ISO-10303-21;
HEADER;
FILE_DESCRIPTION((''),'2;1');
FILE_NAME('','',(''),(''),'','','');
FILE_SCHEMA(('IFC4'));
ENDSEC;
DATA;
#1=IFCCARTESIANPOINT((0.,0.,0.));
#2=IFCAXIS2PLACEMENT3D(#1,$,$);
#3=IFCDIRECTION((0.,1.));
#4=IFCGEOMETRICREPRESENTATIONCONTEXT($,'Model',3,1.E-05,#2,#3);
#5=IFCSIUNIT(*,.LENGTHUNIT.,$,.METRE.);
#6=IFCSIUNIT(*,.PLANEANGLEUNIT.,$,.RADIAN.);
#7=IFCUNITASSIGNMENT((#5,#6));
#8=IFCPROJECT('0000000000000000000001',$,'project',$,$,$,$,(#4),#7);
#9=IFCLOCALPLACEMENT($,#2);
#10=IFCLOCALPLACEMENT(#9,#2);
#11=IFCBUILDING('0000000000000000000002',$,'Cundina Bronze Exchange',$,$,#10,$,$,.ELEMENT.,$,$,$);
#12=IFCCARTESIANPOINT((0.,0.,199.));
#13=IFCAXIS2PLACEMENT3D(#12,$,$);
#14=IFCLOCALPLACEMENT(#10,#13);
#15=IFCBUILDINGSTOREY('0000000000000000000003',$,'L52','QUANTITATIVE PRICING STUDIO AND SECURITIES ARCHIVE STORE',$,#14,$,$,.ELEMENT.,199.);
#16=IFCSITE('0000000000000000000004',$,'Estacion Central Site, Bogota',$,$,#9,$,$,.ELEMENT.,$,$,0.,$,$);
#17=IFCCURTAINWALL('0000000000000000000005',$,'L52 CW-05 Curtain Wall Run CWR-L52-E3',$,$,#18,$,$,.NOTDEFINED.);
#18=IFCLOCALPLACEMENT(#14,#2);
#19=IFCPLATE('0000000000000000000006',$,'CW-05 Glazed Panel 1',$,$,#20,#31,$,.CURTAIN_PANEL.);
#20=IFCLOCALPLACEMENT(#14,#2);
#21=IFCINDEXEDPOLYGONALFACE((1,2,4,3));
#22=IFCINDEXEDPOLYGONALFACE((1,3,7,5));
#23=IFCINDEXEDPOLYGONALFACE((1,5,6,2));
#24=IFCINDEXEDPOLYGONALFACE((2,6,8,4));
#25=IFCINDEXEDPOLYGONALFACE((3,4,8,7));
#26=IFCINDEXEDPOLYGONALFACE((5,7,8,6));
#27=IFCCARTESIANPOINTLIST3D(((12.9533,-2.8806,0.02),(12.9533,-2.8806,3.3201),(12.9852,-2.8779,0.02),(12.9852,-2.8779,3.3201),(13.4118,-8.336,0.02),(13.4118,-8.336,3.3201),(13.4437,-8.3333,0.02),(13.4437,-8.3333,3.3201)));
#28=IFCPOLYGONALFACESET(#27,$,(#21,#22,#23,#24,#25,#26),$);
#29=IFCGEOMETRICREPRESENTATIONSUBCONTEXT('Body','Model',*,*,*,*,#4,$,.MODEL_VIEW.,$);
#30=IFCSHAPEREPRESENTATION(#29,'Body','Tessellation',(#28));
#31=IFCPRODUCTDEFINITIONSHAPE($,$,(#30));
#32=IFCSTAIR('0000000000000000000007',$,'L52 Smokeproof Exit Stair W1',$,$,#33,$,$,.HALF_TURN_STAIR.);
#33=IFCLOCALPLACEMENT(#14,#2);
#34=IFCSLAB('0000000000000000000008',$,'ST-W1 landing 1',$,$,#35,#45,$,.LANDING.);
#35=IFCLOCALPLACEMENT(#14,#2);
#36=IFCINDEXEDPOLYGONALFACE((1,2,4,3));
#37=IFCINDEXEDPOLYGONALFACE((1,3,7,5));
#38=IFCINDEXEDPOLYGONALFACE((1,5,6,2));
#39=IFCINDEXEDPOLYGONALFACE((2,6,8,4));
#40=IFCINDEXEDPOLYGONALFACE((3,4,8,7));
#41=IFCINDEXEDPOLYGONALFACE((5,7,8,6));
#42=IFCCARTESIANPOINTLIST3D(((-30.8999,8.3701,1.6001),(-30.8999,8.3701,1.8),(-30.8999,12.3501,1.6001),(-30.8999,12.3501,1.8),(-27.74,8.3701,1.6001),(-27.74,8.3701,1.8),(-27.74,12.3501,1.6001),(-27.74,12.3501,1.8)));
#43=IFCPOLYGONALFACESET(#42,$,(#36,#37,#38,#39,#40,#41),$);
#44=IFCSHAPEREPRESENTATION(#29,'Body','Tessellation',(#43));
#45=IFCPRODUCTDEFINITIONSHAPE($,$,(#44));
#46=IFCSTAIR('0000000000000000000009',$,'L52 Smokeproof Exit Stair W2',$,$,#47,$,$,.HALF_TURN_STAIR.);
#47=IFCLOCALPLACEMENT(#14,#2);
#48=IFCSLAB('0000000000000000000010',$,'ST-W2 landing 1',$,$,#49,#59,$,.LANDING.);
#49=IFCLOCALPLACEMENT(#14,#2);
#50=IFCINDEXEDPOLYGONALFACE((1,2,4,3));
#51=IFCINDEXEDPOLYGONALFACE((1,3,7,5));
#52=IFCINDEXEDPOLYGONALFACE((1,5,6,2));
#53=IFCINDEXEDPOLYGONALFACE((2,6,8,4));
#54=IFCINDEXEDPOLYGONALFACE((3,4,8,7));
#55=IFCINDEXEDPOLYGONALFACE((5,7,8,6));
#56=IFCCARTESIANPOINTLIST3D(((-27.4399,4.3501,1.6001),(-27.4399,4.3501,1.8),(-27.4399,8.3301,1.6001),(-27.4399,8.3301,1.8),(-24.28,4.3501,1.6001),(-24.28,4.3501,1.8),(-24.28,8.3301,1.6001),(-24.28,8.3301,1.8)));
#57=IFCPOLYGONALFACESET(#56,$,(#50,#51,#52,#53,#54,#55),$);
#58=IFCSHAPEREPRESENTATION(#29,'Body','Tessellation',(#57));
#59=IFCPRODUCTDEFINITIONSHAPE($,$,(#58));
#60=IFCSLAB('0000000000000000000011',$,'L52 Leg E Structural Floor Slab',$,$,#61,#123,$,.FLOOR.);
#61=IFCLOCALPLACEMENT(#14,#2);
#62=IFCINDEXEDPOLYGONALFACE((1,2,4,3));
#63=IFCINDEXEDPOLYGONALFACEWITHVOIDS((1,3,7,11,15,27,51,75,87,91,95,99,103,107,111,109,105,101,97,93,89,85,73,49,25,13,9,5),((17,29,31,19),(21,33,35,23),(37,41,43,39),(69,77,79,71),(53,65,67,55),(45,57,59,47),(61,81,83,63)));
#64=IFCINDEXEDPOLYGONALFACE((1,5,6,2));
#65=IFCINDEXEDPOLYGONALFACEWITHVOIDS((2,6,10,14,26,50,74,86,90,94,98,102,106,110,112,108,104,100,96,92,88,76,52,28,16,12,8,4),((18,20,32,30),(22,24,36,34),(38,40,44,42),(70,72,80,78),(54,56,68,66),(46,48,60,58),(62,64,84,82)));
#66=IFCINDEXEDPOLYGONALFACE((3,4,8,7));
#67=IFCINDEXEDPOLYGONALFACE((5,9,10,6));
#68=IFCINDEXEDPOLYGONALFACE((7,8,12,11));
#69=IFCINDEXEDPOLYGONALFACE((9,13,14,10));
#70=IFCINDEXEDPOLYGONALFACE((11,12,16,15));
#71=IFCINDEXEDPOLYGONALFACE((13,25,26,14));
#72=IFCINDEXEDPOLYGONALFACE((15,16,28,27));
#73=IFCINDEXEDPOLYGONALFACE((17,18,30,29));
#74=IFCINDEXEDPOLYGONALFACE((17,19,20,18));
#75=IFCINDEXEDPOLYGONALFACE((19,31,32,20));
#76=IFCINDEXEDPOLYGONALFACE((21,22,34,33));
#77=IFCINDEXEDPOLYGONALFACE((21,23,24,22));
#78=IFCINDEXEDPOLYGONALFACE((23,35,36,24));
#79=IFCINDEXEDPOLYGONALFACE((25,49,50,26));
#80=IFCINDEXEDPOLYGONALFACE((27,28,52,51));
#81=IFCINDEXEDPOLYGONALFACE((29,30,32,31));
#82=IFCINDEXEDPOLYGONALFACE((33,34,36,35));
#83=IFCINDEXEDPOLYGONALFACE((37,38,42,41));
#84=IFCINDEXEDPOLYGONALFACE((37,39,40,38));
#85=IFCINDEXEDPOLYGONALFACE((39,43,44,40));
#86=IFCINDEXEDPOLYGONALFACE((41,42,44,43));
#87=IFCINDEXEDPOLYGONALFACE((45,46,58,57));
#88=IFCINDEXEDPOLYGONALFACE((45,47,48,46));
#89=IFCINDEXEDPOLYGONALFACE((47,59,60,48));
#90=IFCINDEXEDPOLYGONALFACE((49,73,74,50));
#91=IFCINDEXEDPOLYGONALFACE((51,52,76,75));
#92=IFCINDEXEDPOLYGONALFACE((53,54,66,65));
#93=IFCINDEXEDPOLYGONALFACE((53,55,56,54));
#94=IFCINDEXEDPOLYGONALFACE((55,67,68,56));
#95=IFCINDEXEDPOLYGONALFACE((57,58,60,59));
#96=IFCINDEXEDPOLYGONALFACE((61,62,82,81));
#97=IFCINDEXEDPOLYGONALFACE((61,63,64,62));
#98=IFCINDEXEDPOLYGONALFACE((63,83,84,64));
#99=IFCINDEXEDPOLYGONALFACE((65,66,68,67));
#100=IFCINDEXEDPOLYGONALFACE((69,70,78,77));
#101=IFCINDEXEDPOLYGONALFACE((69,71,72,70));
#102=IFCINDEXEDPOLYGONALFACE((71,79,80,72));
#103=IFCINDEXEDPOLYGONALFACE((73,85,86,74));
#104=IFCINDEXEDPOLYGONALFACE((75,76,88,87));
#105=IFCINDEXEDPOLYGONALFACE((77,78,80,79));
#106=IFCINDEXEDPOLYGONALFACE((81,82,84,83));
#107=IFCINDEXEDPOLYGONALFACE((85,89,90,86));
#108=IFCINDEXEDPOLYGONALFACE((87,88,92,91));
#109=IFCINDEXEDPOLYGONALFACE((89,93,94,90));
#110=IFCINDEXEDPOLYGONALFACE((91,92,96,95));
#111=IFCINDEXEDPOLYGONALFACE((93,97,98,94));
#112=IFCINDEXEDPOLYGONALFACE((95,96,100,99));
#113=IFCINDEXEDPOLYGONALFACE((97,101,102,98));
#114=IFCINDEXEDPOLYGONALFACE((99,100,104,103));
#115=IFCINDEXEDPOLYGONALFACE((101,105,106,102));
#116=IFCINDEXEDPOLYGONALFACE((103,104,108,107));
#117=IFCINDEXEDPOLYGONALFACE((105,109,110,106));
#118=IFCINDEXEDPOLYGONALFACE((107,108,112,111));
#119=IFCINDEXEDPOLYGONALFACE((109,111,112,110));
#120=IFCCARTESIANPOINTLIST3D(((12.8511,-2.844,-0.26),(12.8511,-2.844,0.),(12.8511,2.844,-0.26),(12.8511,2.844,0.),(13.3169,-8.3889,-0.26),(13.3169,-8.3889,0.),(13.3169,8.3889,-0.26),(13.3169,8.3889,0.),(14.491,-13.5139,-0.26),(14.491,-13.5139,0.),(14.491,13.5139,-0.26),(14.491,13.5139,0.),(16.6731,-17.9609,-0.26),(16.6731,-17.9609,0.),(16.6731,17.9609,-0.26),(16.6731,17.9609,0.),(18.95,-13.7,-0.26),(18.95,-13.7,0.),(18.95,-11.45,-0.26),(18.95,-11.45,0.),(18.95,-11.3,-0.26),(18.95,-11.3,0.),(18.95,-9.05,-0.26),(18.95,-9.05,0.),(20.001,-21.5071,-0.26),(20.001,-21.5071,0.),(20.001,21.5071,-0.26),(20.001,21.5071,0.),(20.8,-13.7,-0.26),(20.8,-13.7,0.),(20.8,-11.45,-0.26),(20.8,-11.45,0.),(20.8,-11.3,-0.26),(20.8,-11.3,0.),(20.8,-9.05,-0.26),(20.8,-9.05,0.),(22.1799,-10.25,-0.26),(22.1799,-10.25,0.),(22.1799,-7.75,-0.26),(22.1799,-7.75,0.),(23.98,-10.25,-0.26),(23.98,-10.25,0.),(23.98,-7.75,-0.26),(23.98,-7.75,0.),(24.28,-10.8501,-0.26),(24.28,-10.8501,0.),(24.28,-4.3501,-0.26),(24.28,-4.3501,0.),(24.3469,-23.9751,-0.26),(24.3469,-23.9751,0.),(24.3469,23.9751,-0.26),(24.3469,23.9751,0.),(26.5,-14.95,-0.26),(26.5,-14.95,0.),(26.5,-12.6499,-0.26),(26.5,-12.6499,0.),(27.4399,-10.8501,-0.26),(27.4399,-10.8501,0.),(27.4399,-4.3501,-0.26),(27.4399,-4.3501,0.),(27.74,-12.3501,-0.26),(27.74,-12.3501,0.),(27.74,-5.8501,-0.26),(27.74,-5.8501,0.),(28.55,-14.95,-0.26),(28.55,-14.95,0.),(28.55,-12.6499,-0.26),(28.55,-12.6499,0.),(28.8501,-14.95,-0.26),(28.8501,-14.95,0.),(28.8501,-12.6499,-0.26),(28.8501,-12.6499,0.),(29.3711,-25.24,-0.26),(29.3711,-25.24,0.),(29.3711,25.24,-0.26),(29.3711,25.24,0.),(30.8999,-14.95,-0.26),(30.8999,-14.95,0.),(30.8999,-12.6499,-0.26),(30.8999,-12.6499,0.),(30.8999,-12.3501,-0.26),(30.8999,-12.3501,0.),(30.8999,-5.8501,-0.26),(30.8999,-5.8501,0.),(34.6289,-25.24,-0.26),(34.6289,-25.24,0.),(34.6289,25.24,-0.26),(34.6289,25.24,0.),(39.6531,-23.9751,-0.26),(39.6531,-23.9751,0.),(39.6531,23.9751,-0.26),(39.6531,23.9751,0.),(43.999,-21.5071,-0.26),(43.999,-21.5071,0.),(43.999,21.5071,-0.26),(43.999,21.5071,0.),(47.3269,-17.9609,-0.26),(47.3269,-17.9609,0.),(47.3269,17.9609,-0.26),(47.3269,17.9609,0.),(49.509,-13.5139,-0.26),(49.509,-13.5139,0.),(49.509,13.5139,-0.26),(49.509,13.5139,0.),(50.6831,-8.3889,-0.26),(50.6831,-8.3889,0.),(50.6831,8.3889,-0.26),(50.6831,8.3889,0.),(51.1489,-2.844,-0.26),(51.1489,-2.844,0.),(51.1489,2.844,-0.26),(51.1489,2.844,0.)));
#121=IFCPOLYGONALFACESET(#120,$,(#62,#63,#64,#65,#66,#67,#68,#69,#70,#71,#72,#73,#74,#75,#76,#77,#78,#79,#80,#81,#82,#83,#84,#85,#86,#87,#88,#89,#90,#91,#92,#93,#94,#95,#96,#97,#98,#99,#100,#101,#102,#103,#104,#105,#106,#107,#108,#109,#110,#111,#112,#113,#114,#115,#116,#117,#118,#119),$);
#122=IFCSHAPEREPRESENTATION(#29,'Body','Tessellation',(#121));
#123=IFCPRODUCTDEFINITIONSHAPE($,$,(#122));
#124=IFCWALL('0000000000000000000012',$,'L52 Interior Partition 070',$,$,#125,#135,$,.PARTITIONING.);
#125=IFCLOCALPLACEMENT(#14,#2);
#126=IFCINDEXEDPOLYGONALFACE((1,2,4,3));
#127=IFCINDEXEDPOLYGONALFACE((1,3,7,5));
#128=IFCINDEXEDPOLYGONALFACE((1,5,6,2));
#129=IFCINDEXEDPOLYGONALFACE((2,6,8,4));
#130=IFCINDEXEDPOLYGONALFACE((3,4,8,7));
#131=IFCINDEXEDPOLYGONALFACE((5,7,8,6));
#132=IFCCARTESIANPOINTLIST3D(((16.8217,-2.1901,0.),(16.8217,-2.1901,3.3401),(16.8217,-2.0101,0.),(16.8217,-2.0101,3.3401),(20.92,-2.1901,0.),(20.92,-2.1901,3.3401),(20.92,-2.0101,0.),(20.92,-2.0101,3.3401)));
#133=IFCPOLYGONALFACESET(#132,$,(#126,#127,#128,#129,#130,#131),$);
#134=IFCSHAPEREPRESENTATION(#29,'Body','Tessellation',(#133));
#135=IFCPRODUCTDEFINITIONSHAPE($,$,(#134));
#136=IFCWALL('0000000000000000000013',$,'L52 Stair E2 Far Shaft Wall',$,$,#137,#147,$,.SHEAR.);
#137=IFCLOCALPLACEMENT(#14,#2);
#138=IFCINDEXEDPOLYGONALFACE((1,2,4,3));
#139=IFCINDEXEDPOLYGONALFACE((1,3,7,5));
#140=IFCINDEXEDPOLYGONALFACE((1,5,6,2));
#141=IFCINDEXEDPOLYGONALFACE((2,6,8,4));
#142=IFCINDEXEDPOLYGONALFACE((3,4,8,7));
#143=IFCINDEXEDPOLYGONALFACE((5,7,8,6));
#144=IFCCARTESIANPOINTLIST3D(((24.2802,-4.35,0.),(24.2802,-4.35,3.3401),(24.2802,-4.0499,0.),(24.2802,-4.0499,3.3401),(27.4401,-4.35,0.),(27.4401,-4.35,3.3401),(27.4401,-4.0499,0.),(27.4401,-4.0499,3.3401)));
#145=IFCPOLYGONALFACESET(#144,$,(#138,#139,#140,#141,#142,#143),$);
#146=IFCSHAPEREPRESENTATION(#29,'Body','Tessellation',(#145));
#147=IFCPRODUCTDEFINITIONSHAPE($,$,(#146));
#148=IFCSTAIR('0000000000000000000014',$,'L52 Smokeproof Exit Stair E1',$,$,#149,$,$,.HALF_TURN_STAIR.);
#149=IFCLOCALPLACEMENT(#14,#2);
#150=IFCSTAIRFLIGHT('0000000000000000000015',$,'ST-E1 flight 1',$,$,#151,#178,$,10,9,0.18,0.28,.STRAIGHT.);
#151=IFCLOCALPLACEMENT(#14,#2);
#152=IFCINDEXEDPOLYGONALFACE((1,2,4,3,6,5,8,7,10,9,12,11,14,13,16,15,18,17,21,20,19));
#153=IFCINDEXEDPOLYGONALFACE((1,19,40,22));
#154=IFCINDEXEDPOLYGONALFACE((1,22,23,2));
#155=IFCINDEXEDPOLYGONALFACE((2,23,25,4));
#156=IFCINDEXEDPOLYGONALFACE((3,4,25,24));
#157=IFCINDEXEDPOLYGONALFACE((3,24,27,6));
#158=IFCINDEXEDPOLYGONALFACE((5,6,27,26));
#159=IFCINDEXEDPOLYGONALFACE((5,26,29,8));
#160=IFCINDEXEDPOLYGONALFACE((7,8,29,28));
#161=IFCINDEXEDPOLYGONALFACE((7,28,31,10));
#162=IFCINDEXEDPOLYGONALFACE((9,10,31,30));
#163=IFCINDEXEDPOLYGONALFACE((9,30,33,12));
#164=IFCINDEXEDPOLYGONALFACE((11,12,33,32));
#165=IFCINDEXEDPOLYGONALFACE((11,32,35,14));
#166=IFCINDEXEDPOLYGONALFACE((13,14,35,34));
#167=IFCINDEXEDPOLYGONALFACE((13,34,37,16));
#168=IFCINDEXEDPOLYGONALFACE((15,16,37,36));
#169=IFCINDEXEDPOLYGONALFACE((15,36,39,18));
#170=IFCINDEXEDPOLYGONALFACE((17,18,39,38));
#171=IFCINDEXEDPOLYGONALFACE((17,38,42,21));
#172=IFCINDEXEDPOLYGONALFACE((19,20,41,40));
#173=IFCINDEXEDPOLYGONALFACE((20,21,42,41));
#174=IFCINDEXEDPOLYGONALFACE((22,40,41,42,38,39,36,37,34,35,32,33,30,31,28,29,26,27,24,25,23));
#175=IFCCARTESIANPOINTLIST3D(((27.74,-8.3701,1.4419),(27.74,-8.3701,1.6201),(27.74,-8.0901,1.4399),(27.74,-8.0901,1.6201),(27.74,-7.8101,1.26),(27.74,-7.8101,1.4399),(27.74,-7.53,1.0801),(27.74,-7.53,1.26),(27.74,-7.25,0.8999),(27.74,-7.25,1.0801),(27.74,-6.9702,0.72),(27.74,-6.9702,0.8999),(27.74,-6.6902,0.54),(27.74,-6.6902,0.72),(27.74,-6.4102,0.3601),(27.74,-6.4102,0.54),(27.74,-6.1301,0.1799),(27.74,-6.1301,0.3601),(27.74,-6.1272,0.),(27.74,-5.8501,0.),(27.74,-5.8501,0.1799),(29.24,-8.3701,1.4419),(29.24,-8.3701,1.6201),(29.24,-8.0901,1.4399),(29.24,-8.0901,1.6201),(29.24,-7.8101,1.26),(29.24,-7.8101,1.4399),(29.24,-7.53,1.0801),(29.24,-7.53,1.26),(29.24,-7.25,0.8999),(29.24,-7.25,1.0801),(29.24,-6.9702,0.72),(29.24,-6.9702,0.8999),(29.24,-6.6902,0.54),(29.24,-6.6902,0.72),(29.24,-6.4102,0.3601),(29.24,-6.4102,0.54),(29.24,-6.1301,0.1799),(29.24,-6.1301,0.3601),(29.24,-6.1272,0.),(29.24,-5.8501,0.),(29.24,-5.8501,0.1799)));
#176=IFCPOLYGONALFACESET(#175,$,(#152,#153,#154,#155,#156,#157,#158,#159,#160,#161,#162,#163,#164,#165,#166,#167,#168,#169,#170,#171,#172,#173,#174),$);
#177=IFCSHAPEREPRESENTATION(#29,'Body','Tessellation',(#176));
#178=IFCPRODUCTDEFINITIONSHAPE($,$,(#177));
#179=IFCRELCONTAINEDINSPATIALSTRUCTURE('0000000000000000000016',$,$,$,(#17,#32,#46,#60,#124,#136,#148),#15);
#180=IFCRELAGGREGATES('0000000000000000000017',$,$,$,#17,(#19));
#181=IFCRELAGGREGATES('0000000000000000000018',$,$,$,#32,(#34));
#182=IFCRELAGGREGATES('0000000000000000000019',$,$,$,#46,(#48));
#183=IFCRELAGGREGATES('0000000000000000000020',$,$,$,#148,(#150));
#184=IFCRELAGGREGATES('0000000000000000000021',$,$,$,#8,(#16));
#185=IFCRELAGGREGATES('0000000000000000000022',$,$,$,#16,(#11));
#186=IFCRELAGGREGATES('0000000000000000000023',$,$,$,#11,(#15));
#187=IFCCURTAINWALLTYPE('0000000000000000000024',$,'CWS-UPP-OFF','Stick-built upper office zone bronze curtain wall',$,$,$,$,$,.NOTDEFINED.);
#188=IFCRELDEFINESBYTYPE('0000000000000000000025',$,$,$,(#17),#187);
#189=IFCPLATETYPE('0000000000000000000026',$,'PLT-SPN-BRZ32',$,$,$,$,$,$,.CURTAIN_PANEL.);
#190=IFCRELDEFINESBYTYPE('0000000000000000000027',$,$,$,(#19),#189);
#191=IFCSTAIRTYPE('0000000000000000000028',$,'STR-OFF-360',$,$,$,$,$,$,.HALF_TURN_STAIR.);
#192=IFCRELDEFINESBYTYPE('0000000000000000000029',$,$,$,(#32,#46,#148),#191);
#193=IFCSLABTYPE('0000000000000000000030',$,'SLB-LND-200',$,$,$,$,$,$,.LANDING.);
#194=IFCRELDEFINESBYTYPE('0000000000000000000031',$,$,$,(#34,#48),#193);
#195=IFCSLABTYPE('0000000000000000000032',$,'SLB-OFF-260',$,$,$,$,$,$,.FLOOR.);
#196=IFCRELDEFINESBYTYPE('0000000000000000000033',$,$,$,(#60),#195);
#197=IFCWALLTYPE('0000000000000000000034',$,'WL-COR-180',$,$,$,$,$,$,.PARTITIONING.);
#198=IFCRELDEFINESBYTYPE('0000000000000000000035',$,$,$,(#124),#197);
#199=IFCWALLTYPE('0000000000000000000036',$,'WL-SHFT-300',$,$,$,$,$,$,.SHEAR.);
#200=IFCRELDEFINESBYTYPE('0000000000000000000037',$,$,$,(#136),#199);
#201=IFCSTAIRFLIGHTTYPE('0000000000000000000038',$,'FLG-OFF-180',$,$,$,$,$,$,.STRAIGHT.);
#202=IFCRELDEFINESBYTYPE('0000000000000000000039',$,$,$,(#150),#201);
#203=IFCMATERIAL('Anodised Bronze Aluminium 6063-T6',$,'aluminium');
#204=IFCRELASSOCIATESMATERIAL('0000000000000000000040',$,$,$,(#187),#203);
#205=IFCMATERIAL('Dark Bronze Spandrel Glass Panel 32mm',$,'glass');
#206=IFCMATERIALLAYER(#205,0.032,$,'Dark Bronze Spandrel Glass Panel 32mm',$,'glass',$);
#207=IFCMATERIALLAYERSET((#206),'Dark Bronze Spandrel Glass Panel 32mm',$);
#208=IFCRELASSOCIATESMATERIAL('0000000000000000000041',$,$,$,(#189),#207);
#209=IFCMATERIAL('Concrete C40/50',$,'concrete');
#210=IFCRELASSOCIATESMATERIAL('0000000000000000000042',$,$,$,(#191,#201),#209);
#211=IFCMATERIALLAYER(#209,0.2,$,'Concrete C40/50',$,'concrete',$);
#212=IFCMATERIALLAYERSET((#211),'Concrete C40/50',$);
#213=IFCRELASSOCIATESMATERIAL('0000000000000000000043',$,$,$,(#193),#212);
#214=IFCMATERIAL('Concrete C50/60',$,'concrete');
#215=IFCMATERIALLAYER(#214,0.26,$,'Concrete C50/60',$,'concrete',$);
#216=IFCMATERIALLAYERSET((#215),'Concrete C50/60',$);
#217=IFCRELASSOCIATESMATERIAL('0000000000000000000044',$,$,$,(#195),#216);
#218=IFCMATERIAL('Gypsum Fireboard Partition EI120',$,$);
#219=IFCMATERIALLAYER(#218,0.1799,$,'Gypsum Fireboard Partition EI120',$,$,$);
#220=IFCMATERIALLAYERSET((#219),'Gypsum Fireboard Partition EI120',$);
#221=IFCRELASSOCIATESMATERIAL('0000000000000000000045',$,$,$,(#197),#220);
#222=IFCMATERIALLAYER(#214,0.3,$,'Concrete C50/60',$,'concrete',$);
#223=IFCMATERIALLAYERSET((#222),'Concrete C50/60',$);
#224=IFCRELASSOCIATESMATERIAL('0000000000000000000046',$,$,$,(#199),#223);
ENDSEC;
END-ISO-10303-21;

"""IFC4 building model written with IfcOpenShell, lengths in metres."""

from ifc_helpers import new_model, si_unit, direction, frame, frame_2d, origin, origin_2d, place, context, subcontext, project, spatial, polyline, rectangle, outline, extrude, material, layer, layer_set, type_object, element, aggregate, save


model = new_model("IFC4")

# Units and contexts
model_context = context("Model", 3, precision=1e-05, world=origin(), true_north=direction((0.0, 1.0)))
body_context = subcontext(model_context, "Body", "Model", "MODEL_VIEW")
ifc_project = project(units=[si_unit("LENGTHUNIT", "METRE"), si_unit("PLANEANGLEUNIT", "RADIAN")], contexts=[model_context])

# Site, building, storey
site_placement = place(None, origin())
site = spatial("IfcSite", under=ifc_project, at=site_placement, Name="Estacion Central Site, Bogota", CompositionType="ELEMENT", RefElevation=0.0)
building_placement = place(site_placement, origin())
building = spatial("IfcBuilding", under=site, at=building_placement, Name="Cundina Bronze Exchange", CompositionType="ELEMENT")
storey_placement = place(building_placement, frame((0.0, 0.0, 199.0)))
storey = spatial("IfcBuildingStorey", under=building, at=storey_placement, Name="L52", Description="QUANTITATIVE PRICING STUDIO AND SECURITIES ARCHIVE STORE", CompositionType="ELEMENT", Elevation=199.0)

# Shared definitions
ifc_material_1 = material(Name="Concrete C50/60", Category="concrete")

# Shared definitions
ifc_material_2 = material(Name="Anodised Bronze Aluminium 6063-T6", Category="aluminium")
curtain_wall_type = type_object("IfcCurtainWallType", Name="CWS-UPP-OFF", Description="Stick-built upper office zone bronze curtain wall", PredefinedType="NOTDEFINED", material=ifc_material_2)

# Curtain wall, plate
curtain_wall_1_placement = place(storey_placement, origin())
curtain_wall_1 = element("IfcCurtainWall", 1, at=curtain_wall_1_placement, inside=storey, type_object=curtain_wall_type, Name="L52 CW-05 Curtain Wall Run CWR-L52-E3", PredefinedType="NOTDEFINED")
ifc_material_3 = material(Name="Dark Bronze Spandrel Glass Panel 32mm", Category="glass")
ifc_layer_1 = layer(ifc_material_3, 0.032, Name="Dark Bronze Spandrel Glass Panel 32mm", Category="glass")
ifc_layer_set_1 = layer_set([ifc_layer_1], Name="Dark Bronze Spandrel Glass Panel 32mm")
plate_type = type_object("IfcPlateType", Name="PLT-SPN-BRZ32", PredefinedType="CURTAIN_PANEL", material=ifc_layer_set_1)
plate_placement = place(storey_placement, frame((13.1985, -5.6069, 0.02), z_axis=(0.0, 0.0, 1.0), x_axis=(0.083747, -0.996487, 0.0)))
plate = element("IfcPlate", 2, at=plate_placement, type_object=plate_type, Name="CW-05 Glazed Panel 1", PredefinedType="CURTAIN_PANEL", context=body_context, shape_type="SweptSolid", body=[
    extrude(rectangle(XDim=5.4746, YDim=0.032, at=origin_2d()), origin(), (0.0, 0.0, 1.0), 3.3),
])
aggregate(curtain_wall_1, [plate])

# Stairs, slabs
ifc_material_4 = material(Name="Concrete C40/50", Category="concrete")
stair_type = type_object("IfcStairType", Name="STR-OFF-360", PredefinedType="HALF_TURN_STAIR", material=ifc_material_4)
stair_1_placement = place(storey_placement, origin())
stair_1 = element("IfcStair", 3, at=stair_1_placement, inside=storey, type_object=stair_type, Name="L52 Smokeproof Exit Stair W1", PredefinedType="HALF_TURN_STAIR")
ifc_layer_2 = layer(ifc_material_4, 0.2, Name="Concrete C40/50", Category="concrete")
ifc_layer_set_2 = layer_set([ifc_layer_2], Name="Concrete C40/50")
slab_type_1 = type_object("IfcSlabType", Name="SLB-LND-200", PredefinedType="LANDING", material=ifc_layer_set_2)
slab_1_placement = place(storey_placement, frame((0.0, 0.0, 1.6001)))
slab_1 = element("IfcSlab", 4, at=slab_1_placement, type_object=slab_type_1, Name="ST-W1 landing 1", PredefinedType="LANDING", context=body_context, shape_type="SweptSolid", body=[
    extrude(outline(polyline([(-27.74, 8.3701), (-27.74, 12.3501), (-30.8999, 12.3501), (-30.8999, 8.3701), (-27.74, 8.3701)])), origin(), (0.0, 0.0, 1.0), 0.2),
])
aggregate(stair_1, [slab_1])
stair_2_placement = place(storey_placement, origin())
stair_2 = element("IfcStair", 5, at=stair_2_placement, inside=storey, type_object=stair_type, Name="L52 Smokeproof Exit Stair W2", PredefinedType="HALF_TURN_STAIR")
slab_2_placement = place(storey_placement, frame((0.0, 0.0, 1.6001)))
slab_2 = element("IfcSlab", 6, at=slab_2_placement, type_object=slab_type_1, Name="ST-W2 landing 1", PredefinedType="LANDING", context=body_context, shape_type="SweptSolid", body=[
    extrude(outline(polyline([(-27.4399, 8.3301), (-27.4399, 4.3501), (-24.28, 4.3501), (-24.28, 8.3301), (-27.4399, 8.3301)])), origin(), (0.0, 0.0, 1.0), 0.2),
])
aggregate(stair_2, [slab_2])

# Slab
ifc_layer_3 = layer(ifc_material_1, 0.26, Name="Concrete C50/60", Category="concrete")
ifc_layer_set_3 = layer_set([ifc_layer_3], Name="Concrete C50/60")
slab_type_2 = type_object("IfcSlabType", Name="SLB-OFF-260", PredefinedType="FLOOR", material=ifc_layer_set_3)
slab_3_placement = place(storey_placement, frame((0.0, 0.0, -0.26)))
element("IfcSlab", 7, at=slab_3_placement, inside=storey, type_object=slab_type_2, Name="L52 Leg E Structural Floor Slab", PredefinedType="FLOOR", context=body_context, shape_type="SweptSolid", body=[
    extrude(outline(polyline([(51.1489, 2.844), (50.6831, 8.3889), (49.509, 13.5139), (47.3269, 17.9609), (43.999, 21.5071), (39.6531, 23.9751), (34.6289, 25.24), (29.3711, 25.24), (24.3469, 23.9751), (20.001, 21.5071), (16.6731, 17.9609), (14.491, 13.5139), (13.3169, 8.3889), (12.8511, 2.844), (12.8511, -2.844), (13.3169, -8.3889), (14.491, -13.5139), (16.6731, -17.9609), (20.001, -21.5071), (24.3469, -23.9751), (29.3711, -25.24), (34.6289, -25.24), (39.6531, -23.9751), (43.999, -21.5071), (47.3269, -17.9609), (49.509, -13.5139), (50.6831, -8.3889), (51.1489, -2.844), (51.1489, 2.844)]), holes=[polyline([(27.74, -5.8501), (27.74, -12.3501), (30.8999, -12.3501), (30.8999, -5.8501), (27.74, -5.8501)]), polyline([(27.4399, -10.8501), (27.4399, -4.3501), (24.28, -4.3501), (24.28, -10.8501), (27.4399, -10.8501)]), polyline([(22.1799, -7.75), (23.98, -7.75), (23.98, -10.25), (22.1799, -10.25), (22.1799, -7.75)]), polyline([(28.8501, -12.6499), (30.8999, -12.6499), (30.8999, -14.95), (28.8501, -14.95), (28.8501, -12.6499)]), polyline([(26.5, -12.6499), (28.55, -12.6499), (28.55, -14.95), (26.5, -14.95), (26.5, -12.6499)]), polyline([(18.95, -11.45), (20.8, -11.45), (20.8, -13.7), (18.95, -13.7), (18.95, -11.45)]), polyline([(18.95, -9.05), (20.8, -9.05), (20.8, -11.3), (18.95, -11.3), (18.95, -9.05)])]), origin(), (0.0, 0.0, 1.0), 0.26),
])

# Shared definitions
ifc_material_5 = material(Name="Gypsum Fireboard Partition EI120")
ifc_layer_4 = layer(ifc_material_5, 0.1799, Name="Gypsum Fireboard Partition EI120")
ifc_layer_set_4 = layer_set([ifc_layer_4], Name="Gypsum Fireboard Partition EI120")
wall_type_1 = type_object("IfcWallType", Name="WL-COR-180", PredefinedType="PARTITIONING", material=ifc_layer_set_4)

# Wall
wall_1_placement = place(storey_placement, frame((16.8215, -2.1001, 0.0), z_axis=(0.0, 0.0, 1.0), x_axis=(1.0, 0.0, 0.0)))
element("IfcWall", 8, at=wall_1_placement, inside=storey, type_object=wall_type_1, Name="L52 Interior Partition 070", PredefinedType="PARTITIONING", context=body_context, shape_type="SweptSolid", body=[
    extrude(rectangle(XDim=4.0984, YDim=0.1799, at=frame_2d((2.0493, 0.0))), origin(), (0.0, 0.0, 1.0), 3.3401),
])

# Shared definitions
ifc_layer_5 = layer(ifc_material_1, 0.3, Name="Concrete C50/60", Category="concrete")
ifc_layer_set_5 = layer_set([ifc_layer_5], Name="Concrete C50/60")
wall_type_2 = type_object("IfcWallType", Name="WL-SHFT-300", PredefinedType="SHEAR", material=ifc_layer_set_5)

# Wall
wall_2_placement = place(storey_placement, frame((24.28, -4.2, 0.0), z_axis=(0.0, 0.0, 1.0), x_axis=(1.0, 0.0, 0.0)))
element("IfcWall", 9, at=wall_2_placement, inside=storey, type_object=wall_type_2, Name="L52 Stair E2 Far Shaft Wall", PredefinedType="SHEAR", context=body_context, shape_type="SweptSolid", body=[
    extrude(rectangle(XDim=3.1599, YDim=0.3, at=frame_2d((1.5801, 0.0))), origin(), (0.0, 0.0, 1.0), 3.3401),
])

# Stair, stair flight
stair_3_placement = place(storey_placement, origin())
stair_3 = element("IfcStair", 10, at=stair_3_placement, inside=storey, type_object=stair_type, Name="L52 Smokeproof Exit Stair E1", PredefinedType="HALF_TURN_STAIR")
stair_flight_type = type_object("IfcStairFlightType", Name="FLG-OFF-180", PredefinedType="STRAIGHT", material=ifc_material_4)
stair_flight_placement = place(storey_placement, frame((28.49, -5.8501, 0.0), z_axis=(0.0, 0.0, 1.0), x_axis=(0.0, -1.0, 0.0)))
stair_flight = element("IfcStairFlight", 11, at=stair_flight_placement, type_object=stair_flight_type, Name="ST-E1 flight 1", NumberOfRisers=10, NumberOfTreads=9, PredefinedType="STRAIGHT", RiserHeight=0.18, TreadLength=0.28, context=body_context, shape_type="SweptSolid", body=[
    extrude(outline(polyline([(0.0, 0.0), (0.0, 0.1799), (0.28, 0.1799), (0.28, 0.3601), (0.5601, 0.3601), (0.5601, 0.54), (0.8401, 0.54), (0.8401, 0.72), (1.1201, 0.72), (1.1201, 0.8999), (1.3999, 0.8999), (1.3999, 1.0801), (1.6799, 1.0801), (1.6799, 1.26), (1.96, 1.26), (1.96, 1.4399), (2.24, 1.4399), (2.24, 1.6201), (2.52, 1.6201), (2.52, 1.8), (2.52, 1.4419), (0.2771, 0.0), (0.0, 0.0)])), frame((0.0, 0.75, 0.0), z_axis=(0.0, -1.0, 0.0), x_axis=(1.0, 0.0, 0.0)), (0.0, 0.0, 1.0), 1.5),
])
aggregate(stair_3, [stair_flight])

save(model, "model.ifc")
